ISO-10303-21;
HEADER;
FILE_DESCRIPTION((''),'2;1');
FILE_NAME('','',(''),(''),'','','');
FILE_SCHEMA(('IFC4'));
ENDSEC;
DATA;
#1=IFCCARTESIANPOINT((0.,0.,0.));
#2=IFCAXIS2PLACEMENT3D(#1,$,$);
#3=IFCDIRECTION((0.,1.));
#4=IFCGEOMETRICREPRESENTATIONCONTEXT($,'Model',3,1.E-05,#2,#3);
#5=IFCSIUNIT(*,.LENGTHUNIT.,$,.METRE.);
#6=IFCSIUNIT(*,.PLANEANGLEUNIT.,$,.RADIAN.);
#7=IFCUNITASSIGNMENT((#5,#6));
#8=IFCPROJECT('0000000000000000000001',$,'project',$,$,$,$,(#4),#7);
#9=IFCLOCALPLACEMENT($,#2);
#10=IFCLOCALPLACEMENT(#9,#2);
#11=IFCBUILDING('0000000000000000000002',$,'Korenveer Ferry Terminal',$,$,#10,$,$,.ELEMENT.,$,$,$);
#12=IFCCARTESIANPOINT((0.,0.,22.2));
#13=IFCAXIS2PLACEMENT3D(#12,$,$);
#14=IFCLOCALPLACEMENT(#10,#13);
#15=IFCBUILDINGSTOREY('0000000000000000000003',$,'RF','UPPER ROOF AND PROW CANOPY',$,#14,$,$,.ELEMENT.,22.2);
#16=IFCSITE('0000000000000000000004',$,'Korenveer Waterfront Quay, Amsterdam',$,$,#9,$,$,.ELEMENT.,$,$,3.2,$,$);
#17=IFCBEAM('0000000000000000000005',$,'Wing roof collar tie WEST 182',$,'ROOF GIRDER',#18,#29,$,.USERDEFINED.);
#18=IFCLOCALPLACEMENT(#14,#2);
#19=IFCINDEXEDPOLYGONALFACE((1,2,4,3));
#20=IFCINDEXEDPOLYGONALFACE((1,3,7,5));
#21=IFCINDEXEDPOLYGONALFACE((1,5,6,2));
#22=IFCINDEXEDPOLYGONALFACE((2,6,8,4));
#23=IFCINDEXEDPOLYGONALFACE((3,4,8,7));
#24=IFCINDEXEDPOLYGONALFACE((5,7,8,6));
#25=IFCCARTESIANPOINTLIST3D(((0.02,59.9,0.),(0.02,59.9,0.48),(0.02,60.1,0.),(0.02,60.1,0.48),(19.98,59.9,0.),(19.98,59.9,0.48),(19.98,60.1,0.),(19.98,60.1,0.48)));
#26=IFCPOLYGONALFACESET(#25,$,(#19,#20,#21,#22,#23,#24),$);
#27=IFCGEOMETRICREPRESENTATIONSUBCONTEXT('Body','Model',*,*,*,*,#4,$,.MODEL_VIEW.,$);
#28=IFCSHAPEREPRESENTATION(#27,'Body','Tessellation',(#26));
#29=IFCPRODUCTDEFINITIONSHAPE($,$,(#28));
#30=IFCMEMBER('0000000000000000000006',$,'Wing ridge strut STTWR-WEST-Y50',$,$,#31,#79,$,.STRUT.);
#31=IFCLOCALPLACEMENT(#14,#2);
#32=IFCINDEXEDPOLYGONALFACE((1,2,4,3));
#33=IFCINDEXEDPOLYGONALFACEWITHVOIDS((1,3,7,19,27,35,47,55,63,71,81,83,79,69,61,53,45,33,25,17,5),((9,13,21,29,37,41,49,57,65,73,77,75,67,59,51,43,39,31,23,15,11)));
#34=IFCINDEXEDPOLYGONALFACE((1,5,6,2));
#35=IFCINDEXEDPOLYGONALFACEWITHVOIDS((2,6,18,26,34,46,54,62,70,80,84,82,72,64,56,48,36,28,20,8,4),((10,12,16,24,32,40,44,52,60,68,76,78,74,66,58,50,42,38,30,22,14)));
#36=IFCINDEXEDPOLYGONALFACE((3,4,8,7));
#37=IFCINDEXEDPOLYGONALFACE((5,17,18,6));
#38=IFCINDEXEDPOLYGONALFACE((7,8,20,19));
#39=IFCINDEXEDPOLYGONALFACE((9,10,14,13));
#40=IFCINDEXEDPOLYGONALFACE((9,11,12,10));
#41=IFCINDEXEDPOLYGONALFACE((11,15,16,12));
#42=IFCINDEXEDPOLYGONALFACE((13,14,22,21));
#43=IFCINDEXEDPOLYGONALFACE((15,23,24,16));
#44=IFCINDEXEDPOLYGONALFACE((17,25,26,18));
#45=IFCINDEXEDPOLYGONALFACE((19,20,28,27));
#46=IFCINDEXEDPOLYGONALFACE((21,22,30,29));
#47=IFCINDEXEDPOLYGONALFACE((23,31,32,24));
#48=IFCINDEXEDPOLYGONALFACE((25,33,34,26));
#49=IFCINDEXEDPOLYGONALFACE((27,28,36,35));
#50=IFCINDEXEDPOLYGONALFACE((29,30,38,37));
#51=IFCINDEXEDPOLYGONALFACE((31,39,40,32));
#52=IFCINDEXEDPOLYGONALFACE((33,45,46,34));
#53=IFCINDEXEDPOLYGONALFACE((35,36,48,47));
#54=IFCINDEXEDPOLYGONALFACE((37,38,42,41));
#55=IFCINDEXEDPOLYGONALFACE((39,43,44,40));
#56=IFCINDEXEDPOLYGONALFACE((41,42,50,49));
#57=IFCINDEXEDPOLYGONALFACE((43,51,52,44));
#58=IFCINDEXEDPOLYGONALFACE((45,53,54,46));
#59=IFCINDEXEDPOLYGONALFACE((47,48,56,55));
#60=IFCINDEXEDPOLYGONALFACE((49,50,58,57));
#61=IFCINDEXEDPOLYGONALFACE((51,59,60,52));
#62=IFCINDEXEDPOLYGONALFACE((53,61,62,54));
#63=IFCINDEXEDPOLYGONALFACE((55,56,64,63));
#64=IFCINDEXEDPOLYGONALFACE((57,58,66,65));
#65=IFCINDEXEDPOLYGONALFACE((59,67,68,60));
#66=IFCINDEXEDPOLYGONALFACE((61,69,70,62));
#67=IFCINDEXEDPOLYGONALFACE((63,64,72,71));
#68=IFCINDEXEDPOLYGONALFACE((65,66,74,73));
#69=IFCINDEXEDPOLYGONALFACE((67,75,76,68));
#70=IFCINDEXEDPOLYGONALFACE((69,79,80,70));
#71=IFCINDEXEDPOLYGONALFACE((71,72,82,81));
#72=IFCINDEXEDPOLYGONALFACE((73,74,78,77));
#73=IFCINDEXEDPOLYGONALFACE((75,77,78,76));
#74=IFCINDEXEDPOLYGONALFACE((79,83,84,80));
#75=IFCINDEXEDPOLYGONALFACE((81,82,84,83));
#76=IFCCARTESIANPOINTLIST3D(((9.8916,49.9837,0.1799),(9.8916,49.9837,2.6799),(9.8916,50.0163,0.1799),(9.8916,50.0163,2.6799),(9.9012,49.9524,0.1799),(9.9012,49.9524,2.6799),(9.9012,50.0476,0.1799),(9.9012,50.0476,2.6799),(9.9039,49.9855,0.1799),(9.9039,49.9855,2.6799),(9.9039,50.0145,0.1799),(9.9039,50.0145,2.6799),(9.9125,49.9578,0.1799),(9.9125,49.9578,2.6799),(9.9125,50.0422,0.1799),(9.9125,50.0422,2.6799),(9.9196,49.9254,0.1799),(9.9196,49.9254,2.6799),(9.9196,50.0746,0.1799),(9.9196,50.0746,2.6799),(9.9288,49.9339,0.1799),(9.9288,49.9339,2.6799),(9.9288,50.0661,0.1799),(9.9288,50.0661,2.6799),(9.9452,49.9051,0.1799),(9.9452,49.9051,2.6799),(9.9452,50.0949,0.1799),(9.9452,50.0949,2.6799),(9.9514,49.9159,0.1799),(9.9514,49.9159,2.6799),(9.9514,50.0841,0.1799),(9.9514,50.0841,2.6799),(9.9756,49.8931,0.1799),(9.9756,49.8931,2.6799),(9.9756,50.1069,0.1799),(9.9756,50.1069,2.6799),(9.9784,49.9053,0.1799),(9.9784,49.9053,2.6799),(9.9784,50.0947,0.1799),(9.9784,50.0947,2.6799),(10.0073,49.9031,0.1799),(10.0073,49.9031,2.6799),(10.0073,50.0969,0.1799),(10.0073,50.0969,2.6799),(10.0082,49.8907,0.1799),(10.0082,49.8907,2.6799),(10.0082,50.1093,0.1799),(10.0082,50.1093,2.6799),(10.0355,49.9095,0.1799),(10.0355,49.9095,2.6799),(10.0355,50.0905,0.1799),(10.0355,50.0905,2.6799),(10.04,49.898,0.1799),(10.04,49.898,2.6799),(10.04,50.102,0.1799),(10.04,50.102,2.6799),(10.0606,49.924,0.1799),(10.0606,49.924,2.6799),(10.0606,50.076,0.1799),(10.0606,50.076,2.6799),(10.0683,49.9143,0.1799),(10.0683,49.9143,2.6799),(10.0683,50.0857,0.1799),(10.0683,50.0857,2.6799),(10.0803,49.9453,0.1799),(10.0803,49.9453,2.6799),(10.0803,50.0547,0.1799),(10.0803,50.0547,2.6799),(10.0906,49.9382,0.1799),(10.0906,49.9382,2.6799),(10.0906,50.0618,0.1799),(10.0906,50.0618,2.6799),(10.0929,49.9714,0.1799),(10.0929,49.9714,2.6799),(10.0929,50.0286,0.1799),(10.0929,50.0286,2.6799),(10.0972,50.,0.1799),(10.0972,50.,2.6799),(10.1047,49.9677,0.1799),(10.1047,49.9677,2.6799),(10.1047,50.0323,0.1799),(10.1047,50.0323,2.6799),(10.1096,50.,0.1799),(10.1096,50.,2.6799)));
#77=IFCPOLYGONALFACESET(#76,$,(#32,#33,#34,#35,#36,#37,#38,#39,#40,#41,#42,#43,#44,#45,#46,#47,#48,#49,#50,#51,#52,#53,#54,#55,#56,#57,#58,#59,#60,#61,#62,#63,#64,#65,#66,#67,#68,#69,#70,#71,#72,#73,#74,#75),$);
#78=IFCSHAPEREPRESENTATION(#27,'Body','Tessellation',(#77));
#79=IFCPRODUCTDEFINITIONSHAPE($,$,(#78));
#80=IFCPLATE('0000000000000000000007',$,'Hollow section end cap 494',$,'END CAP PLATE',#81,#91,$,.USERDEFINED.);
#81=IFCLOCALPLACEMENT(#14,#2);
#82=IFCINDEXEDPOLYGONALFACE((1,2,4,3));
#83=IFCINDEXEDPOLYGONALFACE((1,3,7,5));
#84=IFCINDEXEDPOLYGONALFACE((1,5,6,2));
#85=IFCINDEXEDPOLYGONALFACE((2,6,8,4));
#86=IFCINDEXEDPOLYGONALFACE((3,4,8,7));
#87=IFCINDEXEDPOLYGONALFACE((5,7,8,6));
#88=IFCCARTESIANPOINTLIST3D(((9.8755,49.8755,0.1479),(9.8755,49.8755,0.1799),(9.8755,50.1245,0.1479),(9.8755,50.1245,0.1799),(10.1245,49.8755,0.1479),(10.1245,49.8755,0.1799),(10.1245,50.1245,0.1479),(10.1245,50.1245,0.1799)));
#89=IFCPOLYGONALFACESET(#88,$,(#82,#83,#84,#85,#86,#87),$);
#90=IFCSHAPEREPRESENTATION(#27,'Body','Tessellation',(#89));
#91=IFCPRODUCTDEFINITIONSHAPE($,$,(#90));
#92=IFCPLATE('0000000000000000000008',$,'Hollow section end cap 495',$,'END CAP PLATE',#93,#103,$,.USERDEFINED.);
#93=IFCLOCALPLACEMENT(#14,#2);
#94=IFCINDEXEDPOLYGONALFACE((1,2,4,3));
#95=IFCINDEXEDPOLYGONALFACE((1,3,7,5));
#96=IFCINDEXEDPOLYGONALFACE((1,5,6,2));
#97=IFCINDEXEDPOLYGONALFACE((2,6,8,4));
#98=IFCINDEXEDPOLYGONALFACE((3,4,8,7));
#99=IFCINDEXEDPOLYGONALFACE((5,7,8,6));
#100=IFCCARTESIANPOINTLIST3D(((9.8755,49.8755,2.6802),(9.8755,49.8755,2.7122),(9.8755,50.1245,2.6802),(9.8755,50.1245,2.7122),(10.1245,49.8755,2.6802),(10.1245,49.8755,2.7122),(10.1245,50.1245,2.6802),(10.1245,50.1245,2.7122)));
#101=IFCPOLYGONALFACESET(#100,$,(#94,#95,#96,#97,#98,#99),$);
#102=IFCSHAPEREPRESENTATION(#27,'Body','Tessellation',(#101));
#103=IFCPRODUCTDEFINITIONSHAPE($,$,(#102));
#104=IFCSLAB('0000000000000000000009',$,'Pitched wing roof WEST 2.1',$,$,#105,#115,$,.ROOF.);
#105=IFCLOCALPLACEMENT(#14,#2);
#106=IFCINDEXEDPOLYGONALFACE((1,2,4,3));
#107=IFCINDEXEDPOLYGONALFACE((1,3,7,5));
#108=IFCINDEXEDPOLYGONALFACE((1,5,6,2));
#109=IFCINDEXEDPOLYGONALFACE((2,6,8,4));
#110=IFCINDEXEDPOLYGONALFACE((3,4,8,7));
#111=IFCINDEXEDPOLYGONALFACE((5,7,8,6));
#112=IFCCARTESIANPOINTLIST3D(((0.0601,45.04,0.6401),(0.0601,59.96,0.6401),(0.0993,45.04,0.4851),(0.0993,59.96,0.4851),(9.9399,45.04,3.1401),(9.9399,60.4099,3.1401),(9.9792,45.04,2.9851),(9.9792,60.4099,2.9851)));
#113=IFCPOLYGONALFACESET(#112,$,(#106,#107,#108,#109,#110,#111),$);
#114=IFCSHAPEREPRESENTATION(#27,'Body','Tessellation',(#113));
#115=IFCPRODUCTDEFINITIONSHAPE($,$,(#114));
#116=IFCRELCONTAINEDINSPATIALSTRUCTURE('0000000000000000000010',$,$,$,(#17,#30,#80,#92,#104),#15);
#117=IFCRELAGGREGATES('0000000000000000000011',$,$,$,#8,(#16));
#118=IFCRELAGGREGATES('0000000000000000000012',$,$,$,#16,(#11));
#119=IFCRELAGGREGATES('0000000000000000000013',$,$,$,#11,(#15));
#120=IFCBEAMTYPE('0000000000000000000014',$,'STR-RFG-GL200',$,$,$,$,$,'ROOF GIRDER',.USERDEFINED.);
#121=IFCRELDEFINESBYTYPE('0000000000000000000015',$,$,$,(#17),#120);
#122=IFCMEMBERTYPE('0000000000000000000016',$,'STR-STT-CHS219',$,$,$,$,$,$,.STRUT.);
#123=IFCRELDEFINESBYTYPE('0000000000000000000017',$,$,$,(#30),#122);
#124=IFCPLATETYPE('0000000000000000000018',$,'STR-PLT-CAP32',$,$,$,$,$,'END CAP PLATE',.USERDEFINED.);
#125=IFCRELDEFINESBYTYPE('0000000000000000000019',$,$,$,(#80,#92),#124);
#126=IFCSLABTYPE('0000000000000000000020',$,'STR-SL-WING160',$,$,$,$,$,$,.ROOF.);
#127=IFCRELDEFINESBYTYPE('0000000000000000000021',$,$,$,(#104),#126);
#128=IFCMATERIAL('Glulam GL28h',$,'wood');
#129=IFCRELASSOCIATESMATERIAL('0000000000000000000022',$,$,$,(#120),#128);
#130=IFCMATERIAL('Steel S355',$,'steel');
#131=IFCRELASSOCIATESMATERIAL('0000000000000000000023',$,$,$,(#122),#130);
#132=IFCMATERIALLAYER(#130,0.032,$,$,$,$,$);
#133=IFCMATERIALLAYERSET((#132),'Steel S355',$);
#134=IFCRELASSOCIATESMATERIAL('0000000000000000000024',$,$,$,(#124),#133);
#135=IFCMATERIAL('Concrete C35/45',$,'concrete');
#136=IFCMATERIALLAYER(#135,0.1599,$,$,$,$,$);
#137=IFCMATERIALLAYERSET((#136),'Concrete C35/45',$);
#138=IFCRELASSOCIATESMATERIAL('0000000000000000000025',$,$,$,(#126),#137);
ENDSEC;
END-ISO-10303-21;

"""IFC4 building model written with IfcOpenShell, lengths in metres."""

from ifc_helpers import new_model, si_unit, direction, frame, origin, origin_2d, place, context, subcontext, project, spatial, polyline, rectangle, hollow_circle, outline, extrude, material, layer, layer_set, material_profile, profile_set, type_object, element, save


model = new_model("IFC4")

# Units and contexts
model_context = context("Model", 3, precision=1e-05, world=origin(), true_north=direction((0.0, 1.0)))
body_context = subcontext(model_context, "Body", "Model", "MODEL_VIEW")
ifc_project = project(units=[si_unit("LENGTHUNIT", "METRE"), si_unit("PLANEANGLEUNIT", "RADIAN")], contexts=[model_context])

# Site, building, storey
site_placement = place(None, origin())
site = spatial("IfcSite", under=ifc_project, at=site_placement, Name="Korenveer Waterfront Quay, Amsterdam", CompositionType="ELEMENT", RefElevation=3.2)
building_placement = place(site_placement, origin())
building = spatial("IfcBuilding", under=site, at=building_placement, Name="Korenveer Ferry Terminal", CompositionType="ELEMENT")
storey_placement = place(building_placement, frame((0.0, 0.0, 22.2)))
storey = spatial("IfcBuildingStorey", under=building, at=storey_placement, Name="RF", Description="UPPER ROOF AND PROW CANOPY", CompositionType="ELEMENT", Elevation=22.2)

# Shared definitions
ifc_material_1 = material(Name="Steel S355", Category="steel")

# Beam
ifc_material_2 = material(Name="Glulam GL28h", Category="wood")
ifc_material_profile_1 = material_profile(ifc_material_2, rectangle(XDim=0.2, YDim=0.48, at=origin_2d()), Name="GL 200x480")
ifc_profile_set_1 = profile_set([ifc_material_profile_1], Name="Glulam GL28h")
beam_type_1 = type_object("IfcBeamType", Name="STR-RFG-GL200", ElementType="ROOF GIRDER", PredefinedType="USERDEFINED", material=ifc_profile_set_1)
for number, where, z_axis, x_axis, name in (
    (1, (0.02, 60.0, 0.24), (1.0, 0.0, 0.0), (0.0, 1.0, 0.0), "Wing roof collar tie WEST 182"),
):
    element("IfcBeam", number, at=place(storey_placement, frame(where, z_axis=z_axis, x_axis=x_axis)), inside=storey, type_object=beam_type_1, Name=name, ObjectType="ROOF GIRDER", PredefinedType="USERDEFINED", context=body_context, shape_type="SweptSolid", body=[
        extrude(rectangle(XDim=0.2, YDim=0.48, at=origin_2d()), origin(), (0.0, 0.0, 1.0), 19.96),
    ])

# Member
ifc_material_profile_2 = material_profile(ifc_material_1, hollow_circle(Radius=0.1096, WallThickness=0.0125, at=origin_2d()), Name="CHS 219.1x12.5")
ifc_profile_set_2 = profile_set([ifc_material_profile_2], Name="Steel S355")
member_type_1 = type_object("IfcMemberType", Name="STR-STT-CHS219", PredefinedType="STRUT", material=ifc_profile_set_2)
member_placement = place(storey_placement, frame((10.0, 50.0, 0.1799), z_axis=(0.0, 0.0, 1.0), x_axis=(1.0, 0.0, 0.0)))
element("IfcMember", 2, at=member_placement, inside=storey, type_object=member_type_1, Name="Wing ridge strut STTWR-WEST-Y50", PredefinedType="STRUT", context=body_context, shape_type="SweptSolid", body=[
    extrude(hollow_circle(Radius=0.1096, WallThickness=0.0125, at=origin_2d()), origin(), (0.0, 0.0, 1.0), 2.5),
])

# Plates
ifc_layer_1 = layer(ifc_material_1, 0.032)
ifc_layer_set_1 = layer_set([ifc_layer_1], Name="Steel S355")
plate_type = type_object("IfcPlateType", Name="STR-PLT-CAP32", ElementType="END CAP PLATE", PredefinedType="USERDEFINED", material=ifc_layer_set_1)
for number, where, z_axis, x_axis, name in (
    (3, (10.0, 50.0, 0.1479), (0.0, 0.0, 1.0), (1.0, 0.0, 0.0), "Hollow section end cap 494"),
    (4, (10.0, 50.0, 2.6802), (0.0, 0.0, 1.0), (1.0, 0.0, 0.0), "Hollow section end cap 495"),
):
    element("IfcPlate", number, at=place(storey_placement, frame(where, z_axis=z_axis, x_axis=x_axis)), inside=storey, type_object=plate_type, Name=name, ObjectType="END CAP PLATE", PredefinedType="USERDEFINED", context=body_context, shape_type="SweptSolid", body=[
        extrude(rectangle(XDim=0.249, YDim=0.249, at=origin_2d()), origin(), (0.0, 0.0, 1.0), 0.032),
    ])

# Slab
ifc_material_3 = material(Name="Concrete C35/45", Category="concrete")
ifc_layer_2 = layer(ifc_material_3, 0.1599)
ifc_layer_set_2 = layer_set([ifc_layer_2], Name="Concrete C35/45")
slab_type = type_object("IfcSlabType", Name="STR-SL-WING160", PredefinedType="ROOF", material=ifc_layer_set_2)
slab_placement = place(storey_placement, frame((0.0601, 45.04, 0.6401), z_axis=(-0.245308, 0.0, 0.969445), x_axis=(0.969445, 0.0, 0.245308)))
element("IfcSlab", 5, at=slab_placement, inside=storey, type_object=slab_type, Name="Pitched wing roof WEST 2.1", PredefinedType="ROOF", context=body_context, shape_type="SweptSolid", body=[
    extrude(outline(polyline([(0.0, 0.0), (10.1913, 0.0), (10.1913, 15.3699), (0.0, 14.9199), (0.0, 0.0)])), origin(), (0.0, 0.0, -1.0), 0.1599),
])

save(model, "model.ifc")
